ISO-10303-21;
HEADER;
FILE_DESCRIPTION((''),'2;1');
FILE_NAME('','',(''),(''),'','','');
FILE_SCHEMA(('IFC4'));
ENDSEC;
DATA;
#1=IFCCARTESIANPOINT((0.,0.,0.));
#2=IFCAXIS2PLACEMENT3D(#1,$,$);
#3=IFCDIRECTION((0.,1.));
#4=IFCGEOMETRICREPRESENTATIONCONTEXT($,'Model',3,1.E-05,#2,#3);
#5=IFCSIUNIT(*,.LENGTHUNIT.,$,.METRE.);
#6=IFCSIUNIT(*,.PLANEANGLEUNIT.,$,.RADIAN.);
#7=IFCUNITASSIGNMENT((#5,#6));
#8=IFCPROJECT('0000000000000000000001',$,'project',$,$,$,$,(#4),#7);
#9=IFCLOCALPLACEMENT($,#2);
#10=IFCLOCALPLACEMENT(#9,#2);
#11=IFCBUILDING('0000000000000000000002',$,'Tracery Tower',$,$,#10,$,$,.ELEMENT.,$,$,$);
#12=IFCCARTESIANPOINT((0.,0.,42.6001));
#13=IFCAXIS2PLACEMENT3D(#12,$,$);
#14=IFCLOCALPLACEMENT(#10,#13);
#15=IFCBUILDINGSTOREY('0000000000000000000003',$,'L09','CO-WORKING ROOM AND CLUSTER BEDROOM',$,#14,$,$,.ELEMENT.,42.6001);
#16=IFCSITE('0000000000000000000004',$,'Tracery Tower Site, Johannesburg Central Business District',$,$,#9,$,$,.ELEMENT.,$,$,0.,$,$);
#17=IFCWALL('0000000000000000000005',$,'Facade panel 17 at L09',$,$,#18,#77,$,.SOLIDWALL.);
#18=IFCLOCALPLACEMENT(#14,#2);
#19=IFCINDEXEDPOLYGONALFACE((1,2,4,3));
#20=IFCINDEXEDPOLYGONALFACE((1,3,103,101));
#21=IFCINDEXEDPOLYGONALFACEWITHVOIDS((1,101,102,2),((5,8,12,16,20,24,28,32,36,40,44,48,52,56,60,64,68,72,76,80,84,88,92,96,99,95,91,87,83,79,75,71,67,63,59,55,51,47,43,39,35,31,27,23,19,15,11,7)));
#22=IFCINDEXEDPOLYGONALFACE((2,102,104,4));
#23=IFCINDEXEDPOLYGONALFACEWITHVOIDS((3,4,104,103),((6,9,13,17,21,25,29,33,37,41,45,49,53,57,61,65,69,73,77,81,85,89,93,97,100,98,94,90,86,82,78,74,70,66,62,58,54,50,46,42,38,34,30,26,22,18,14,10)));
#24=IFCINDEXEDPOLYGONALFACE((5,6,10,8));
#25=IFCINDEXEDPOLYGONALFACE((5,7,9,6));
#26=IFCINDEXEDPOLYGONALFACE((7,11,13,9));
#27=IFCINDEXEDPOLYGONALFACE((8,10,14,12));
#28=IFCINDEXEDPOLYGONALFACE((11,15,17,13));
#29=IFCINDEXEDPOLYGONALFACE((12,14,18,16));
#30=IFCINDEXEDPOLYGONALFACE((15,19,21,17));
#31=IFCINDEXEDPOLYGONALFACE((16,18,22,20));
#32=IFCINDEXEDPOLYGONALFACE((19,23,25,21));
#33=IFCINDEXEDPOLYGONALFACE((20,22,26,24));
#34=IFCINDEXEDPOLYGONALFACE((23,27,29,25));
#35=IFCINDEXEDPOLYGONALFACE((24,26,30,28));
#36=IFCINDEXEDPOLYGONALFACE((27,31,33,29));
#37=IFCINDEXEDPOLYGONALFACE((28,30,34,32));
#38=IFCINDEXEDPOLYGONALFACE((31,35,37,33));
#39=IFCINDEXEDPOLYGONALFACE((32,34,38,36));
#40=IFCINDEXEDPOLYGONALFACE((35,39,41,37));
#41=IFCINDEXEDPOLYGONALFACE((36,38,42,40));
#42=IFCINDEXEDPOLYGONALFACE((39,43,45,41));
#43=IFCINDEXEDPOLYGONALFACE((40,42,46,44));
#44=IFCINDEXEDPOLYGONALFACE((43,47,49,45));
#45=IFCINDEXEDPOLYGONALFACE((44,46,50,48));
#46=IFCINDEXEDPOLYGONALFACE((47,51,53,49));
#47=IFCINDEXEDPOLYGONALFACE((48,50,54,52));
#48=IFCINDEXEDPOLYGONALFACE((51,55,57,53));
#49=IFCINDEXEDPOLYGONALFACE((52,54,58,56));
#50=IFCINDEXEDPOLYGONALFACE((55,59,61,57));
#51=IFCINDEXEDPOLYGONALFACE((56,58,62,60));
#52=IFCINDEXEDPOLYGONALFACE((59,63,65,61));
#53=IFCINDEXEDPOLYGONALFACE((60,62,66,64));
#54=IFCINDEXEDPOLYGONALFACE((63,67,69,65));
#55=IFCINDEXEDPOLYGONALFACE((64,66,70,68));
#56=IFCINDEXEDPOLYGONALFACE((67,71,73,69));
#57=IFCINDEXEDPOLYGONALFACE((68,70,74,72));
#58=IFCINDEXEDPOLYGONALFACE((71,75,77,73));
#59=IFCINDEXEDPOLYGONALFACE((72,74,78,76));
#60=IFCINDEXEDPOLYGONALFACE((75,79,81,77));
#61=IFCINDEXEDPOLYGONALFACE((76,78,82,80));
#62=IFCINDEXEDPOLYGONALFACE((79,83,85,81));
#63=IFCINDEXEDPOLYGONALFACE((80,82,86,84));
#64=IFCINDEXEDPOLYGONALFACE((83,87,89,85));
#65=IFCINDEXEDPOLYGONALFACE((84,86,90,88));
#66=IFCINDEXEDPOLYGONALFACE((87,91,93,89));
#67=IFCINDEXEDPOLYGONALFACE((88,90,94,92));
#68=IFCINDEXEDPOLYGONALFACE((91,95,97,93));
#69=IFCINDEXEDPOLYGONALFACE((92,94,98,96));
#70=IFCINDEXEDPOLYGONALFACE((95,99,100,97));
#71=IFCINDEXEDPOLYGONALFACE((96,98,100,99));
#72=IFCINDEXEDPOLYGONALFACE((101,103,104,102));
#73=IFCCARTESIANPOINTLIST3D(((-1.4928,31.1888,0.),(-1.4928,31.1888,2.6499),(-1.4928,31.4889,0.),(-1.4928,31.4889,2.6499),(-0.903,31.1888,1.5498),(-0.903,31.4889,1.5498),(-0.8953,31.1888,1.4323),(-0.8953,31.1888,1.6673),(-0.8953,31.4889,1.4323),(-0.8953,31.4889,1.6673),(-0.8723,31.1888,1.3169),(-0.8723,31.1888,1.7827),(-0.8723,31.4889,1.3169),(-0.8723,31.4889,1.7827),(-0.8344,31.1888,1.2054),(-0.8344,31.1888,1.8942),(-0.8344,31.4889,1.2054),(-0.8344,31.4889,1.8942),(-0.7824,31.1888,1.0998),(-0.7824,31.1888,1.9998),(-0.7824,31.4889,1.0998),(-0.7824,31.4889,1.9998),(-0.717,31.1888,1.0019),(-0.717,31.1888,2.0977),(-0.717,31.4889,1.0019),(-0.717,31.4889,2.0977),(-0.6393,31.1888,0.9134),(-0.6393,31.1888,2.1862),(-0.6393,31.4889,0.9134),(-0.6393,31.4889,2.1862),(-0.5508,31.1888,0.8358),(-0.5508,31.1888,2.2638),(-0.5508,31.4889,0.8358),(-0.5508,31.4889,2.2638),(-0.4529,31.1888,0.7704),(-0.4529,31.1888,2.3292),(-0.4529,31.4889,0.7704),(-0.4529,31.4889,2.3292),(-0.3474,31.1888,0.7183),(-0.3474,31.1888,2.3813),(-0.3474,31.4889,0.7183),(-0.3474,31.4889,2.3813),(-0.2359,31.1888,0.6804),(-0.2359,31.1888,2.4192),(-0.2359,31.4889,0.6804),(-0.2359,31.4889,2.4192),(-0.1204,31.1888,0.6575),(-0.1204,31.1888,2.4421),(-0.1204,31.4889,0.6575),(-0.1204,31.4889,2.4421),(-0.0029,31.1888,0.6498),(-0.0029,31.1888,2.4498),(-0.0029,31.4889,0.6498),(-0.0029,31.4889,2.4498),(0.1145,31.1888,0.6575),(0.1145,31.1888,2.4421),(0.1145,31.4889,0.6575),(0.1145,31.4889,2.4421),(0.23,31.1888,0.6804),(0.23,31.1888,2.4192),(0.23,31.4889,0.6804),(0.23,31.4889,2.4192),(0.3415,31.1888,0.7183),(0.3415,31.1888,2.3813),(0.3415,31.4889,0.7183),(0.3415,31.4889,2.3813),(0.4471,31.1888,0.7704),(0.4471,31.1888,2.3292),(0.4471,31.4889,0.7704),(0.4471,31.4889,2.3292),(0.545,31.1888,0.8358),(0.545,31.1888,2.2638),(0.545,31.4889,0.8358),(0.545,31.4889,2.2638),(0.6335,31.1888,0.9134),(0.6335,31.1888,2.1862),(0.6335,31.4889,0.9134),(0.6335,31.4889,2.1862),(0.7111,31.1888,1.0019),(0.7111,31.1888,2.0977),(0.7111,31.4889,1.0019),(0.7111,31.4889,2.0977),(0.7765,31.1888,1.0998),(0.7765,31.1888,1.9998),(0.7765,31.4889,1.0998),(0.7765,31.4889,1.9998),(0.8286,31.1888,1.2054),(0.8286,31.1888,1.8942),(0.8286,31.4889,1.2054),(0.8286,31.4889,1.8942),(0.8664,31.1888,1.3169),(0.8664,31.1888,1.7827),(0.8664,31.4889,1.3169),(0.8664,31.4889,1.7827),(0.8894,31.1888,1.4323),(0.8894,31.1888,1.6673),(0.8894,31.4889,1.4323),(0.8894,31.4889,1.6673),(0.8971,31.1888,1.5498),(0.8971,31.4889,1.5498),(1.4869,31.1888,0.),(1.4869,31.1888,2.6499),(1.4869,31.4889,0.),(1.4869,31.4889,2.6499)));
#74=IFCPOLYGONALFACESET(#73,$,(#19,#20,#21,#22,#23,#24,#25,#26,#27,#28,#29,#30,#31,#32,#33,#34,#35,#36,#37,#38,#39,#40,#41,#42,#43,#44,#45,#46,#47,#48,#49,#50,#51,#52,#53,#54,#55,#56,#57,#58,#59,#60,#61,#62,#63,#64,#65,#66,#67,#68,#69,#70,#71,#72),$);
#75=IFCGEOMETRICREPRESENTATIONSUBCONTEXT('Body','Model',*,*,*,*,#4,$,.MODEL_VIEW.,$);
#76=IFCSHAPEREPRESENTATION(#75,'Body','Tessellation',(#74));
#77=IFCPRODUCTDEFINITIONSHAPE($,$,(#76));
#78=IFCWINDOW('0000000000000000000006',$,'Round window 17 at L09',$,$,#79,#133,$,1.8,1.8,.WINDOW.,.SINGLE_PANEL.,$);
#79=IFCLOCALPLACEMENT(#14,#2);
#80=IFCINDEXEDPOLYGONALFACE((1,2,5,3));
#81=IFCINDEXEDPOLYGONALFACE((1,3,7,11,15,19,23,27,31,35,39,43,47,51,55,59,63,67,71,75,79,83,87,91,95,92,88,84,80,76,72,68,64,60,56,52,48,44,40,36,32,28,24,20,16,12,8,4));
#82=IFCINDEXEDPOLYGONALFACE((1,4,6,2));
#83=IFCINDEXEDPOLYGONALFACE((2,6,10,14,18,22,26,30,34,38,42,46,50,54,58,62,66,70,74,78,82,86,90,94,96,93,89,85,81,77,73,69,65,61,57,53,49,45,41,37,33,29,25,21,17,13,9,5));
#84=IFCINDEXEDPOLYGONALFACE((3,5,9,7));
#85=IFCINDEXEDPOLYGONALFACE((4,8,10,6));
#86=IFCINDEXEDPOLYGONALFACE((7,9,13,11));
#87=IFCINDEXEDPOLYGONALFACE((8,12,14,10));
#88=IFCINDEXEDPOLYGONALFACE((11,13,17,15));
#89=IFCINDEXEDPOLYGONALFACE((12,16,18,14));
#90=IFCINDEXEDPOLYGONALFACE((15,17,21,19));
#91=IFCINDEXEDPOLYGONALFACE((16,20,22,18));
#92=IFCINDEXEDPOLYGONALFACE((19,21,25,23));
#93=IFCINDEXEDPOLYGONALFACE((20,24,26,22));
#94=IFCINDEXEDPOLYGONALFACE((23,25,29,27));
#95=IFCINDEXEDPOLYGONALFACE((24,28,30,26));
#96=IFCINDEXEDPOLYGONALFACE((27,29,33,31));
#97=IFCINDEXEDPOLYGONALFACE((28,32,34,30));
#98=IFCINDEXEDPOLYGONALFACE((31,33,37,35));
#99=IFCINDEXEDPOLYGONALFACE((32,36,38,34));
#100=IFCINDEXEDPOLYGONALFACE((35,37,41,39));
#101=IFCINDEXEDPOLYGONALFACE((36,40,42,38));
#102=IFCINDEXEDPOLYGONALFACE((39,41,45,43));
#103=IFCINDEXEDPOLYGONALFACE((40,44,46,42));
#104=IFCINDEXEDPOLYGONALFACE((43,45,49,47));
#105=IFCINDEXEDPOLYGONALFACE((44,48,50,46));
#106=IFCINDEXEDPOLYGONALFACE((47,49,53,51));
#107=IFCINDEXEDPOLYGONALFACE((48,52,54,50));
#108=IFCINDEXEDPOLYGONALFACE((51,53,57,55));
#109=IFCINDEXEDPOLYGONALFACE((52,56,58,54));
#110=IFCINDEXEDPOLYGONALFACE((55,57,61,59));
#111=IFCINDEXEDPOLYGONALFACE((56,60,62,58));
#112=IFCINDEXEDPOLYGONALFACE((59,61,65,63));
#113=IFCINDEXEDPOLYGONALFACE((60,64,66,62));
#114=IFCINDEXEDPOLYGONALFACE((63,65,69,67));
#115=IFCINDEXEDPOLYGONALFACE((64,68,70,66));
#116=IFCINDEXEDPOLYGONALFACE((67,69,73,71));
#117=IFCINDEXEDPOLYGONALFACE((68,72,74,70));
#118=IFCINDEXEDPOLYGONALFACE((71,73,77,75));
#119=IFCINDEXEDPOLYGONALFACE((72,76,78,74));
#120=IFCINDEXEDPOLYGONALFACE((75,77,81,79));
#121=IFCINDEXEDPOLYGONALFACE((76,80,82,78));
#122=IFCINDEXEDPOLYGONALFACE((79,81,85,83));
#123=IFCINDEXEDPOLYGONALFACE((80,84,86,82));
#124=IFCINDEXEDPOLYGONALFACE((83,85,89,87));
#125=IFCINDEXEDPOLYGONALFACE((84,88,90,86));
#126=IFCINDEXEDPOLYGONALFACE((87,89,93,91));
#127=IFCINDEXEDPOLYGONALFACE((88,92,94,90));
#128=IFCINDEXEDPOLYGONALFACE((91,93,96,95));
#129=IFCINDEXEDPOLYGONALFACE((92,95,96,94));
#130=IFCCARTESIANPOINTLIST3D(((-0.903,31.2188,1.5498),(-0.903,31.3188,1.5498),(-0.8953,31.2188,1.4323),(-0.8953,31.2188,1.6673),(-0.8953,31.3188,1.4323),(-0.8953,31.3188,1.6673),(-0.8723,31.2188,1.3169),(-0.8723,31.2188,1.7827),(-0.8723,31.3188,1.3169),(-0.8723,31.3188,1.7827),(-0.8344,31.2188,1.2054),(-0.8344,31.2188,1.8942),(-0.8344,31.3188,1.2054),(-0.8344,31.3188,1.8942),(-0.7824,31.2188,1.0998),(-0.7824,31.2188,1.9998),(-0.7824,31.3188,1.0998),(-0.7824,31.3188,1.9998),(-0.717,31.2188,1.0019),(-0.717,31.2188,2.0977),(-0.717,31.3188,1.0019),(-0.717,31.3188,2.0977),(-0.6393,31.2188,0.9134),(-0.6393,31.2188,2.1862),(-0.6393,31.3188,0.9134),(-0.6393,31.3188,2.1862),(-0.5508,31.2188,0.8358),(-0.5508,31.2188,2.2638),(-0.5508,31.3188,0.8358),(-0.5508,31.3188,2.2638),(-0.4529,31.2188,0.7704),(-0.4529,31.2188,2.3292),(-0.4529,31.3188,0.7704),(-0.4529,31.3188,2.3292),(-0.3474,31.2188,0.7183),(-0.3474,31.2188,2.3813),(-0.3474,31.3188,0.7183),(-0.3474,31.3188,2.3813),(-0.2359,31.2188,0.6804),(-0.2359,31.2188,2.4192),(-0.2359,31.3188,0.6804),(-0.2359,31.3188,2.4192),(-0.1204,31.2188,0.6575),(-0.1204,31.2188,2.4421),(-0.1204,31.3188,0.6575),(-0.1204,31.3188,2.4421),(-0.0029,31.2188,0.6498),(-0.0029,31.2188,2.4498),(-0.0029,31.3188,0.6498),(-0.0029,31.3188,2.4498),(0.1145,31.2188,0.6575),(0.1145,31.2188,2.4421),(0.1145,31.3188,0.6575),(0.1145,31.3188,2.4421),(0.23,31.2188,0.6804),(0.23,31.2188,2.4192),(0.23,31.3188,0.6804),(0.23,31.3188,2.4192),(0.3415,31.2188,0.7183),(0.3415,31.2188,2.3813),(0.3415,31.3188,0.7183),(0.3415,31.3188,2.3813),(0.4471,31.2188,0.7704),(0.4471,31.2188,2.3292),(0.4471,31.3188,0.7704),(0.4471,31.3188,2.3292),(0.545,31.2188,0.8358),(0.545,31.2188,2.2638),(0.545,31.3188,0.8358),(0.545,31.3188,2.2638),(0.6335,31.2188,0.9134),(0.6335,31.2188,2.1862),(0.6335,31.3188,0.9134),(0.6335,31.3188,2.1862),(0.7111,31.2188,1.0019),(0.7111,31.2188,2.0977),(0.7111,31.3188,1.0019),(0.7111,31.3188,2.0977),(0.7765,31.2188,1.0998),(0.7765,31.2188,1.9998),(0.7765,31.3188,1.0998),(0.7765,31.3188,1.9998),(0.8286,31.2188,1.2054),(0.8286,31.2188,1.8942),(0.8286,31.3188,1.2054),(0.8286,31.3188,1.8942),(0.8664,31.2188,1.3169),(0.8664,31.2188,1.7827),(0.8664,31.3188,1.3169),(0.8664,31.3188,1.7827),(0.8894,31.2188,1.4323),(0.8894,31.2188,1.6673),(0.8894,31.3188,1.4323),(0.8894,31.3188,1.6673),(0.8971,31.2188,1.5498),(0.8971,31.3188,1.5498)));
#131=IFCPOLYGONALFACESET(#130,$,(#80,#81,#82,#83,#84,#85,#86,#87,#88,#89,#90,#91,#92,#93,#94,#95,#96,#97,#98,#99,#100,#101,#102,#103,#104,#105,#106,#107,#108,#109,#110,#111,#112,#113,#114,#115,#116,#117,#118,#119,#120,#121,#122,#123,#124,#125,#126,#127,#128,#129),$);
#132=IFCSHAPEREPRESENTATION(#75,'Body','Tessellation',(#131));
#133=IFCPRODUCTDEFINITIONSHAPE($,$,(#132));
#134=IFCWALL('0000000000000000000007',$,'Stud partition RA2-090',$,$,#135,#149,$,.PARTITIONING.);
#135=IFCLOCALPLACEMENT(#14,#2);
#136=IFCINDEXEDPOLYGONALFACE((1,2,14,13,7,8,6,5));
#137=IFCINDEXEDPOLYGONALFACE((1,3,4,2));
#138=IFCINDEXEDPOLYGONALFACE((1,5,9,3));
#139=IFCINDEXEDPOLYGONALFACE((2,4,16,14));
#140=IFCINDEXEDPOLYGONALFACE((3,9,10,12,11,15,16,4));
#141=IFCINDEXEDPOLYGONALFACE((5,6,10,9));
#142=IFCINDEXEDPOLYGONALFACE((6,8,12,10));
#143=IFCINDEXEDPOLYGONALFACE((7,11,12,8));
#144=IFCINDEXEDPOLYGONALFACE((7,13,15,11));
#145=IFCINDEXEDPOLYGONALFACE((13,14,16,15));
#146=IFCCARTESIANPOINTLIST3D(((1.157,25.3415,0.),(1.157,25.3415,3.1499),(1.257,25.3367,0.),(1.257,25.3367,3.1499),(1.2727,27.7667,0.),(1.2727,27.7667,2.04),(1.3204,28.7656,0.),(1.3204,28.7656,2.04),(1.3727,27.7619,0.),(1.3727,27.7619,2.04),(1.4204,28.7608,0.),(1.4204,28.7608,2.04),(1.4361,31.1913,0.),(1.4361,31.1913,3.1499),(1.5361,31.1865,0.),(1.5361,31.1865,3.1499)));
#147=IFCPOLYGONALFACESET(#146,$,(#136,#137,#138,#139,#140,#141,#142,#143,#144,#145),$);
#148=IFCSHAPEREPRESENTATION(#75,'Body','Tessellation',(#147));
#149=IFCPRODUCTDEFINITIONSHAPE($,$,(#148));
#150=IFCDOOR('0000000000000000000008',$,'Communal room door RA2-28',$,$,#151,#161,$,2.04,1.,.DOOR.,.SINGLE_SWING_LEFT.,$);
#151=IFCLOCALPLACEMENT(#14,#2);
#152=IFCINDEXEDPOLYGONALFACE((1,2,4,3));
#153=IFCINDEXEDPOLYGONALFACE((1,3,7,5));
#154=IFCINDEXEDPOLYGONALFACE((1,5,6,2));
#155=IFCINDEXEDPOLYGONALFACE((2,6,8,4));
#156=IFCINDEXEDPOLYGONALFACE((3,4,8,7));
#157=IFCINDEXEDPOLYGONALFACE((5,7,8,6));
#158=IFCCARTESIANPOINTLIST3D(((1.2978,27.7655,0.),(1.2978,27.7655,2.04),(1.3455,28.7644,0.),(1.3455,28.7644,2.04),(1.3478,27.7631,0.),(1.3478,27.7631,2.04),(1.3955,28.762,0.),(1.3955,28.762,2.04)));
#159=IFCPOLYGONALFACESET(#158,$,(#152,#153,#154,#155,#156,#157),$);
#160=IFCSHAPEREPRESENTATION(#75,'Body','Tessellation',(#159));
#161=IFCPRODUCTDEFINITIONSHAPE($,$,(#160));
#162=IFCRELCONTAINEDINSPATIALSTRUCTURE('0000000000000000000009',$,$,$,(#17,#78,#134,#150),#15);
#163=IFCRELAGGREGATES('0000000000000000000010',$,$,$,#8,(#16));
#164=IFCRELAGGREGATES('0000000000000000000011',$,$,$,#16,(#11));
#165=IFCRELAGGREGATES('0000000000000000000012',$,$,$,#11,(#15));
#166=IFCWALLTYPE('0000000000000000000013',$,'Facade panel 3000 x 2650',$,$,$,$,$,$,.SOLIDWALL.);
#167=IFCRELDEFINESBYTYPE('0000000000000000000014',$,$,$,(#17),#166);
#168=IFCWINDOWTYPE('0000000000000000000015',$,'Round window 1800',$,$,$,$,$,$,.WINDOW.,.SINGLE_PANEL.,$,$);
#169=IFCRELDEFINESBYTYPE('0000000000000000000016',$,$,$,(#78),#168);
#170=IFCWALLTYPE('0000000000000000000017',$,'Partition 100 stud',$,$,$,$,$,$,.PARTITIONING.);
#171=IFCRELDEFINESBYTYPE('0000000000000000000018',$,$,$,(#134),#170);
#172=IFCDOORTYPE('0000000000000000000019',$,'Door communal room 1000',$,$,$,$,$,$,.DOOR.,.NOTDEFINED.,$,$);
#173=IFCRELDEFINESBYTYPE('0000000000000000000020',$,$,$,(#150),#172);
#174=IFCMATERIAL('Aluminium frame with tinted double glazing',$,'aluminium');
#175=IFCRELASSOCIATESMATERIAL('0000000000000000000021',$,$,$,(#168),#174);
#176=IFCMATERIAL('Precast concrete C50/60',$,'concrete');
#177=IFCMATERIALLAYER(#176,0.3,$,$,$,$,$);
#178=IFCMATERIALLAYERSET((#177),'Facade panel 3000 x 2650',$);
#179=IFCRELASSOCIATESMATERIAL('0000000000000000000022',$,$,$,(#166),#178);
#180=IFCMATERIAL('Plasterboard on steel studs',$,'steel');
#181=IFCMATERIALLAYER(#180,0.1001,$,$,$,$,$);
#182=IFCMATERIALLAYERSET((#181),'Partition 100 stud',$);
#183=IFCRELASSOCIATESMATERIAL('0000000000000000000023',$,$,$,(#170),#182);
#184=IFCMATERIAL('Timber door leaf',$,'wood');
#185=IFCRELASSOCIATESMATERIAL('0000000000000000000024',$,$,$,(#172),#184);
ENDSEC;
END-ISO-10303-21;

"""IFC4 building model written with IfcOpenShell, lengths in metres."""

from ifc_helpers import new_model, si_unit, direction, frame, frame_2d, origin, origin_2d, place, context, subcontext, project, spatial, rectangle, circle, extrude, material, layer, layer_set, type_object, element, fill, save


model = new_model("IFC4")

# Units and contexts
model_context = context("Model", 3, precision=1e-05, world=origin(), true_north=direction((0.0, 1.0)))
body_context = subcontext(model_context, "Body", "Model", "MODEL_VIEW")
ifc_project = project(units=[si_unit("LENGTHUNIT", "METRE"), si_unit("PLANEANGLEUNIT", "RADIAN")], contexts=[model_context])

# Site, building, storey
site_placement = place(None, origin())
site = spatial("IfcSite", under=ifc_project, at=site_placement, Name="Tracery Tower Site, Johannesburg Central Business District", CompositionType="ELEMENT", RefElevation=0.0)
building_placement = place(site_placement, origin())
building = spatial("IfcBuilding", under=site, at=building_placement, Name="Tracery Tower", CompositionType="ELEMENT")
storey_placement = place(building_placement, frame((0.0, 0.0, 42.6001)))
storey = spatial("IfcBuildingStorey", under=building, at=storey_placement, Name="L09", Description="CO-WORKING ROOM AND CLUSTER BEDROOM", CompositionType="ELEMENT", Elevation=42.6001)

# Wall, opening, window
ifc_material_1 = material(Name="Aluminium frame with tinted double glazing", Category="aluminium")
window_type = type_object("IfcWindowType", Name="Round window 1800", PartitioningType="SINGLE_PANEL", PredefinedType="WINDOW", material=ifc_material_1)
ifc_material_2 = material(Name="Precast concrete C50/60", Category="concrete")
ifc_layer_1 = layer(ifc_material_2, 0.3)
ifc_layer_set_1 = layer_set([ifc_layer_1], Name="Facade panel 3000 x 2650")
wall_type_1 = type_object("IfcWallType", Name="Facade panel 3000 x 2650", PredefinedType="SOLIDWALL", material=ifc_layer_set_1)
wall_1_placement = place(storey_placement, frame((1.4868, 31.3389, 0.0), z_axis=(0.0, 0.0, 1.0), x_axis=(-1.0, 0.0, 0.0)))
wall_1 = element("IfcWall", 1, at=wall_1_placement, inside=storey, type_object=wall_type_1, Name="Facade panel 17 at L09", PredefinedType="SOLIDWALL", context=body_context, shape_type="SweptSolid", body=[
    extrude(rectangle(XDim=2.9797, YDim=0.3, at=frame_2d((1.4897, 0.0))), origin(), (0.0, 0.0, 1.0), 2.6499),
])
opening_1_placement = place(wall_1_placement, frame((1.4897, 0.0, 1.5498)))
opening_1 = element("IfcOpeningElement", 2, at=opening_1_placement, cuts=wall_1, PredefinedType="OPENING", context=body_context, shape_type="SweptSolid", body=[
    extrude(circle(Radius=0.9, at=origin_2d()), frame((0.0, 0.1599, 0.0), z_axis=(0.0, -1.0, 0.0), x_axis=(1.0, 0.0, 0.0)), (0.0, 0.0, 1.0), 0.3201),
])
window_1_placement = place(opening_1_placement, origin())
window_1 = element("IfcWindow", 3, at=window_1_placement, inside=storey, type_object=window_type, Name="Round window 17 at L09", OverallHeight=1.8, OverallWidth=1.8, PartitioningType="SINGLE_PANEL", PredefinedType="WINDOW", context=body_context, shape_type="SweptSolid", body=[
    extrude(circle(Radius=0.9, at=origin_2d()), frame((0.0, 0.1201, 0.0), z_axis=(0.0, -1.0, 0.0), x_axis=(1.0, 0.0, 0.0)), (0.0, 0.0, 1.0), 0.1001),
])
fill(opening_1, window_1)

# Wall, opening, door
ifc_material_3 = material(Name="Plasterboard on steel studs", Category="steel")
ifc_layer_2 = layer(ifc_material_3, 0.1001)
ifc_layer_set_2 = layer_set([ifc_layer_2], Name="Partition 100 stud")
wall_type_2 = type_object("IfcWallType", Name="Partition 100 stud", PredefinedType="PARTITIONING", material=ifc_layer_set_2)
wall_2_placement = place(storey_placement, frame((1.207, 25.3391, 0.0), z_axis=(0.0, 0.0, 1.0), x_axis=(0.047648, 0.998864, 0.0)))
wall_2 = element("IfcWall", 4, at=wall_2_placement, inside=storey, type_object=wall_type_2, Name="Stud partition RA2-090", PredefinedType="PARTITIONING", context=body_context, shape_type="SweptSolid", body=[
    extrude(rectangle(XDim=5.8564, YDim=0.1001, at=frame_2d((2.9282, 0.0))), origin(), (0.0, 0.0, 1.0), 3.1499),
])
opening_2_placement = place(wall_2_placement, frame((2.428, 0.0, 0.0)))
opening_2 = element("IfcOpeningElement", 5, at=opening_2_placement, cuts=wall_2, PredefinedType="OPENING", context=body_context, shape_type="SweptSolid", body=[
    extrude(rectangle(XDim=1.0, YDim=2.04, at=frame_2d((0.5, 1.02))), frame((0.0, 0.05, 0.0), z_axis=(0.0, -1.0, 0.0), x_axis=(1.0, 0.0, 0.0)), (0.0, 0.0, 1.0), 0.1001),
])
ifc_material_4 = material(Name="Timber door leaf", Category="wood")
door_type_1 = type_object("IfcDoorType", Name="Door communal room 1000", OperationType="NOTDEFINED", PredefinedType="DOOR", material=ifc_material_4)
door_1_placement = place(opening_2_placement, origin())
door_1 = element("IfcDoor", 6, at=door_1_placement, inside=storey, type_object=door_type_1, Name="Communal room door RA2-28", OperationType="SINGLE_SWING_LEFT", OverallHeight=2.04, OverallWidth=1.0, PredefinedType="DOOR", context=body_context, shape_type="SweptSolid", body=[
    extrude(rectangle(XDim=1.0, YDim=2.04, at=frame_2d((0.5, 1.02))), frame((0.0, 0.0249, 0.0), z_axis=(0.0, -1.0, 0.0), x_axis=(1.0, 0.0, 0.0)), (0.0, 0.0, 1.0), 0.05),
])
fill(opening_2, door_1)

save(model, "model.ifc")
